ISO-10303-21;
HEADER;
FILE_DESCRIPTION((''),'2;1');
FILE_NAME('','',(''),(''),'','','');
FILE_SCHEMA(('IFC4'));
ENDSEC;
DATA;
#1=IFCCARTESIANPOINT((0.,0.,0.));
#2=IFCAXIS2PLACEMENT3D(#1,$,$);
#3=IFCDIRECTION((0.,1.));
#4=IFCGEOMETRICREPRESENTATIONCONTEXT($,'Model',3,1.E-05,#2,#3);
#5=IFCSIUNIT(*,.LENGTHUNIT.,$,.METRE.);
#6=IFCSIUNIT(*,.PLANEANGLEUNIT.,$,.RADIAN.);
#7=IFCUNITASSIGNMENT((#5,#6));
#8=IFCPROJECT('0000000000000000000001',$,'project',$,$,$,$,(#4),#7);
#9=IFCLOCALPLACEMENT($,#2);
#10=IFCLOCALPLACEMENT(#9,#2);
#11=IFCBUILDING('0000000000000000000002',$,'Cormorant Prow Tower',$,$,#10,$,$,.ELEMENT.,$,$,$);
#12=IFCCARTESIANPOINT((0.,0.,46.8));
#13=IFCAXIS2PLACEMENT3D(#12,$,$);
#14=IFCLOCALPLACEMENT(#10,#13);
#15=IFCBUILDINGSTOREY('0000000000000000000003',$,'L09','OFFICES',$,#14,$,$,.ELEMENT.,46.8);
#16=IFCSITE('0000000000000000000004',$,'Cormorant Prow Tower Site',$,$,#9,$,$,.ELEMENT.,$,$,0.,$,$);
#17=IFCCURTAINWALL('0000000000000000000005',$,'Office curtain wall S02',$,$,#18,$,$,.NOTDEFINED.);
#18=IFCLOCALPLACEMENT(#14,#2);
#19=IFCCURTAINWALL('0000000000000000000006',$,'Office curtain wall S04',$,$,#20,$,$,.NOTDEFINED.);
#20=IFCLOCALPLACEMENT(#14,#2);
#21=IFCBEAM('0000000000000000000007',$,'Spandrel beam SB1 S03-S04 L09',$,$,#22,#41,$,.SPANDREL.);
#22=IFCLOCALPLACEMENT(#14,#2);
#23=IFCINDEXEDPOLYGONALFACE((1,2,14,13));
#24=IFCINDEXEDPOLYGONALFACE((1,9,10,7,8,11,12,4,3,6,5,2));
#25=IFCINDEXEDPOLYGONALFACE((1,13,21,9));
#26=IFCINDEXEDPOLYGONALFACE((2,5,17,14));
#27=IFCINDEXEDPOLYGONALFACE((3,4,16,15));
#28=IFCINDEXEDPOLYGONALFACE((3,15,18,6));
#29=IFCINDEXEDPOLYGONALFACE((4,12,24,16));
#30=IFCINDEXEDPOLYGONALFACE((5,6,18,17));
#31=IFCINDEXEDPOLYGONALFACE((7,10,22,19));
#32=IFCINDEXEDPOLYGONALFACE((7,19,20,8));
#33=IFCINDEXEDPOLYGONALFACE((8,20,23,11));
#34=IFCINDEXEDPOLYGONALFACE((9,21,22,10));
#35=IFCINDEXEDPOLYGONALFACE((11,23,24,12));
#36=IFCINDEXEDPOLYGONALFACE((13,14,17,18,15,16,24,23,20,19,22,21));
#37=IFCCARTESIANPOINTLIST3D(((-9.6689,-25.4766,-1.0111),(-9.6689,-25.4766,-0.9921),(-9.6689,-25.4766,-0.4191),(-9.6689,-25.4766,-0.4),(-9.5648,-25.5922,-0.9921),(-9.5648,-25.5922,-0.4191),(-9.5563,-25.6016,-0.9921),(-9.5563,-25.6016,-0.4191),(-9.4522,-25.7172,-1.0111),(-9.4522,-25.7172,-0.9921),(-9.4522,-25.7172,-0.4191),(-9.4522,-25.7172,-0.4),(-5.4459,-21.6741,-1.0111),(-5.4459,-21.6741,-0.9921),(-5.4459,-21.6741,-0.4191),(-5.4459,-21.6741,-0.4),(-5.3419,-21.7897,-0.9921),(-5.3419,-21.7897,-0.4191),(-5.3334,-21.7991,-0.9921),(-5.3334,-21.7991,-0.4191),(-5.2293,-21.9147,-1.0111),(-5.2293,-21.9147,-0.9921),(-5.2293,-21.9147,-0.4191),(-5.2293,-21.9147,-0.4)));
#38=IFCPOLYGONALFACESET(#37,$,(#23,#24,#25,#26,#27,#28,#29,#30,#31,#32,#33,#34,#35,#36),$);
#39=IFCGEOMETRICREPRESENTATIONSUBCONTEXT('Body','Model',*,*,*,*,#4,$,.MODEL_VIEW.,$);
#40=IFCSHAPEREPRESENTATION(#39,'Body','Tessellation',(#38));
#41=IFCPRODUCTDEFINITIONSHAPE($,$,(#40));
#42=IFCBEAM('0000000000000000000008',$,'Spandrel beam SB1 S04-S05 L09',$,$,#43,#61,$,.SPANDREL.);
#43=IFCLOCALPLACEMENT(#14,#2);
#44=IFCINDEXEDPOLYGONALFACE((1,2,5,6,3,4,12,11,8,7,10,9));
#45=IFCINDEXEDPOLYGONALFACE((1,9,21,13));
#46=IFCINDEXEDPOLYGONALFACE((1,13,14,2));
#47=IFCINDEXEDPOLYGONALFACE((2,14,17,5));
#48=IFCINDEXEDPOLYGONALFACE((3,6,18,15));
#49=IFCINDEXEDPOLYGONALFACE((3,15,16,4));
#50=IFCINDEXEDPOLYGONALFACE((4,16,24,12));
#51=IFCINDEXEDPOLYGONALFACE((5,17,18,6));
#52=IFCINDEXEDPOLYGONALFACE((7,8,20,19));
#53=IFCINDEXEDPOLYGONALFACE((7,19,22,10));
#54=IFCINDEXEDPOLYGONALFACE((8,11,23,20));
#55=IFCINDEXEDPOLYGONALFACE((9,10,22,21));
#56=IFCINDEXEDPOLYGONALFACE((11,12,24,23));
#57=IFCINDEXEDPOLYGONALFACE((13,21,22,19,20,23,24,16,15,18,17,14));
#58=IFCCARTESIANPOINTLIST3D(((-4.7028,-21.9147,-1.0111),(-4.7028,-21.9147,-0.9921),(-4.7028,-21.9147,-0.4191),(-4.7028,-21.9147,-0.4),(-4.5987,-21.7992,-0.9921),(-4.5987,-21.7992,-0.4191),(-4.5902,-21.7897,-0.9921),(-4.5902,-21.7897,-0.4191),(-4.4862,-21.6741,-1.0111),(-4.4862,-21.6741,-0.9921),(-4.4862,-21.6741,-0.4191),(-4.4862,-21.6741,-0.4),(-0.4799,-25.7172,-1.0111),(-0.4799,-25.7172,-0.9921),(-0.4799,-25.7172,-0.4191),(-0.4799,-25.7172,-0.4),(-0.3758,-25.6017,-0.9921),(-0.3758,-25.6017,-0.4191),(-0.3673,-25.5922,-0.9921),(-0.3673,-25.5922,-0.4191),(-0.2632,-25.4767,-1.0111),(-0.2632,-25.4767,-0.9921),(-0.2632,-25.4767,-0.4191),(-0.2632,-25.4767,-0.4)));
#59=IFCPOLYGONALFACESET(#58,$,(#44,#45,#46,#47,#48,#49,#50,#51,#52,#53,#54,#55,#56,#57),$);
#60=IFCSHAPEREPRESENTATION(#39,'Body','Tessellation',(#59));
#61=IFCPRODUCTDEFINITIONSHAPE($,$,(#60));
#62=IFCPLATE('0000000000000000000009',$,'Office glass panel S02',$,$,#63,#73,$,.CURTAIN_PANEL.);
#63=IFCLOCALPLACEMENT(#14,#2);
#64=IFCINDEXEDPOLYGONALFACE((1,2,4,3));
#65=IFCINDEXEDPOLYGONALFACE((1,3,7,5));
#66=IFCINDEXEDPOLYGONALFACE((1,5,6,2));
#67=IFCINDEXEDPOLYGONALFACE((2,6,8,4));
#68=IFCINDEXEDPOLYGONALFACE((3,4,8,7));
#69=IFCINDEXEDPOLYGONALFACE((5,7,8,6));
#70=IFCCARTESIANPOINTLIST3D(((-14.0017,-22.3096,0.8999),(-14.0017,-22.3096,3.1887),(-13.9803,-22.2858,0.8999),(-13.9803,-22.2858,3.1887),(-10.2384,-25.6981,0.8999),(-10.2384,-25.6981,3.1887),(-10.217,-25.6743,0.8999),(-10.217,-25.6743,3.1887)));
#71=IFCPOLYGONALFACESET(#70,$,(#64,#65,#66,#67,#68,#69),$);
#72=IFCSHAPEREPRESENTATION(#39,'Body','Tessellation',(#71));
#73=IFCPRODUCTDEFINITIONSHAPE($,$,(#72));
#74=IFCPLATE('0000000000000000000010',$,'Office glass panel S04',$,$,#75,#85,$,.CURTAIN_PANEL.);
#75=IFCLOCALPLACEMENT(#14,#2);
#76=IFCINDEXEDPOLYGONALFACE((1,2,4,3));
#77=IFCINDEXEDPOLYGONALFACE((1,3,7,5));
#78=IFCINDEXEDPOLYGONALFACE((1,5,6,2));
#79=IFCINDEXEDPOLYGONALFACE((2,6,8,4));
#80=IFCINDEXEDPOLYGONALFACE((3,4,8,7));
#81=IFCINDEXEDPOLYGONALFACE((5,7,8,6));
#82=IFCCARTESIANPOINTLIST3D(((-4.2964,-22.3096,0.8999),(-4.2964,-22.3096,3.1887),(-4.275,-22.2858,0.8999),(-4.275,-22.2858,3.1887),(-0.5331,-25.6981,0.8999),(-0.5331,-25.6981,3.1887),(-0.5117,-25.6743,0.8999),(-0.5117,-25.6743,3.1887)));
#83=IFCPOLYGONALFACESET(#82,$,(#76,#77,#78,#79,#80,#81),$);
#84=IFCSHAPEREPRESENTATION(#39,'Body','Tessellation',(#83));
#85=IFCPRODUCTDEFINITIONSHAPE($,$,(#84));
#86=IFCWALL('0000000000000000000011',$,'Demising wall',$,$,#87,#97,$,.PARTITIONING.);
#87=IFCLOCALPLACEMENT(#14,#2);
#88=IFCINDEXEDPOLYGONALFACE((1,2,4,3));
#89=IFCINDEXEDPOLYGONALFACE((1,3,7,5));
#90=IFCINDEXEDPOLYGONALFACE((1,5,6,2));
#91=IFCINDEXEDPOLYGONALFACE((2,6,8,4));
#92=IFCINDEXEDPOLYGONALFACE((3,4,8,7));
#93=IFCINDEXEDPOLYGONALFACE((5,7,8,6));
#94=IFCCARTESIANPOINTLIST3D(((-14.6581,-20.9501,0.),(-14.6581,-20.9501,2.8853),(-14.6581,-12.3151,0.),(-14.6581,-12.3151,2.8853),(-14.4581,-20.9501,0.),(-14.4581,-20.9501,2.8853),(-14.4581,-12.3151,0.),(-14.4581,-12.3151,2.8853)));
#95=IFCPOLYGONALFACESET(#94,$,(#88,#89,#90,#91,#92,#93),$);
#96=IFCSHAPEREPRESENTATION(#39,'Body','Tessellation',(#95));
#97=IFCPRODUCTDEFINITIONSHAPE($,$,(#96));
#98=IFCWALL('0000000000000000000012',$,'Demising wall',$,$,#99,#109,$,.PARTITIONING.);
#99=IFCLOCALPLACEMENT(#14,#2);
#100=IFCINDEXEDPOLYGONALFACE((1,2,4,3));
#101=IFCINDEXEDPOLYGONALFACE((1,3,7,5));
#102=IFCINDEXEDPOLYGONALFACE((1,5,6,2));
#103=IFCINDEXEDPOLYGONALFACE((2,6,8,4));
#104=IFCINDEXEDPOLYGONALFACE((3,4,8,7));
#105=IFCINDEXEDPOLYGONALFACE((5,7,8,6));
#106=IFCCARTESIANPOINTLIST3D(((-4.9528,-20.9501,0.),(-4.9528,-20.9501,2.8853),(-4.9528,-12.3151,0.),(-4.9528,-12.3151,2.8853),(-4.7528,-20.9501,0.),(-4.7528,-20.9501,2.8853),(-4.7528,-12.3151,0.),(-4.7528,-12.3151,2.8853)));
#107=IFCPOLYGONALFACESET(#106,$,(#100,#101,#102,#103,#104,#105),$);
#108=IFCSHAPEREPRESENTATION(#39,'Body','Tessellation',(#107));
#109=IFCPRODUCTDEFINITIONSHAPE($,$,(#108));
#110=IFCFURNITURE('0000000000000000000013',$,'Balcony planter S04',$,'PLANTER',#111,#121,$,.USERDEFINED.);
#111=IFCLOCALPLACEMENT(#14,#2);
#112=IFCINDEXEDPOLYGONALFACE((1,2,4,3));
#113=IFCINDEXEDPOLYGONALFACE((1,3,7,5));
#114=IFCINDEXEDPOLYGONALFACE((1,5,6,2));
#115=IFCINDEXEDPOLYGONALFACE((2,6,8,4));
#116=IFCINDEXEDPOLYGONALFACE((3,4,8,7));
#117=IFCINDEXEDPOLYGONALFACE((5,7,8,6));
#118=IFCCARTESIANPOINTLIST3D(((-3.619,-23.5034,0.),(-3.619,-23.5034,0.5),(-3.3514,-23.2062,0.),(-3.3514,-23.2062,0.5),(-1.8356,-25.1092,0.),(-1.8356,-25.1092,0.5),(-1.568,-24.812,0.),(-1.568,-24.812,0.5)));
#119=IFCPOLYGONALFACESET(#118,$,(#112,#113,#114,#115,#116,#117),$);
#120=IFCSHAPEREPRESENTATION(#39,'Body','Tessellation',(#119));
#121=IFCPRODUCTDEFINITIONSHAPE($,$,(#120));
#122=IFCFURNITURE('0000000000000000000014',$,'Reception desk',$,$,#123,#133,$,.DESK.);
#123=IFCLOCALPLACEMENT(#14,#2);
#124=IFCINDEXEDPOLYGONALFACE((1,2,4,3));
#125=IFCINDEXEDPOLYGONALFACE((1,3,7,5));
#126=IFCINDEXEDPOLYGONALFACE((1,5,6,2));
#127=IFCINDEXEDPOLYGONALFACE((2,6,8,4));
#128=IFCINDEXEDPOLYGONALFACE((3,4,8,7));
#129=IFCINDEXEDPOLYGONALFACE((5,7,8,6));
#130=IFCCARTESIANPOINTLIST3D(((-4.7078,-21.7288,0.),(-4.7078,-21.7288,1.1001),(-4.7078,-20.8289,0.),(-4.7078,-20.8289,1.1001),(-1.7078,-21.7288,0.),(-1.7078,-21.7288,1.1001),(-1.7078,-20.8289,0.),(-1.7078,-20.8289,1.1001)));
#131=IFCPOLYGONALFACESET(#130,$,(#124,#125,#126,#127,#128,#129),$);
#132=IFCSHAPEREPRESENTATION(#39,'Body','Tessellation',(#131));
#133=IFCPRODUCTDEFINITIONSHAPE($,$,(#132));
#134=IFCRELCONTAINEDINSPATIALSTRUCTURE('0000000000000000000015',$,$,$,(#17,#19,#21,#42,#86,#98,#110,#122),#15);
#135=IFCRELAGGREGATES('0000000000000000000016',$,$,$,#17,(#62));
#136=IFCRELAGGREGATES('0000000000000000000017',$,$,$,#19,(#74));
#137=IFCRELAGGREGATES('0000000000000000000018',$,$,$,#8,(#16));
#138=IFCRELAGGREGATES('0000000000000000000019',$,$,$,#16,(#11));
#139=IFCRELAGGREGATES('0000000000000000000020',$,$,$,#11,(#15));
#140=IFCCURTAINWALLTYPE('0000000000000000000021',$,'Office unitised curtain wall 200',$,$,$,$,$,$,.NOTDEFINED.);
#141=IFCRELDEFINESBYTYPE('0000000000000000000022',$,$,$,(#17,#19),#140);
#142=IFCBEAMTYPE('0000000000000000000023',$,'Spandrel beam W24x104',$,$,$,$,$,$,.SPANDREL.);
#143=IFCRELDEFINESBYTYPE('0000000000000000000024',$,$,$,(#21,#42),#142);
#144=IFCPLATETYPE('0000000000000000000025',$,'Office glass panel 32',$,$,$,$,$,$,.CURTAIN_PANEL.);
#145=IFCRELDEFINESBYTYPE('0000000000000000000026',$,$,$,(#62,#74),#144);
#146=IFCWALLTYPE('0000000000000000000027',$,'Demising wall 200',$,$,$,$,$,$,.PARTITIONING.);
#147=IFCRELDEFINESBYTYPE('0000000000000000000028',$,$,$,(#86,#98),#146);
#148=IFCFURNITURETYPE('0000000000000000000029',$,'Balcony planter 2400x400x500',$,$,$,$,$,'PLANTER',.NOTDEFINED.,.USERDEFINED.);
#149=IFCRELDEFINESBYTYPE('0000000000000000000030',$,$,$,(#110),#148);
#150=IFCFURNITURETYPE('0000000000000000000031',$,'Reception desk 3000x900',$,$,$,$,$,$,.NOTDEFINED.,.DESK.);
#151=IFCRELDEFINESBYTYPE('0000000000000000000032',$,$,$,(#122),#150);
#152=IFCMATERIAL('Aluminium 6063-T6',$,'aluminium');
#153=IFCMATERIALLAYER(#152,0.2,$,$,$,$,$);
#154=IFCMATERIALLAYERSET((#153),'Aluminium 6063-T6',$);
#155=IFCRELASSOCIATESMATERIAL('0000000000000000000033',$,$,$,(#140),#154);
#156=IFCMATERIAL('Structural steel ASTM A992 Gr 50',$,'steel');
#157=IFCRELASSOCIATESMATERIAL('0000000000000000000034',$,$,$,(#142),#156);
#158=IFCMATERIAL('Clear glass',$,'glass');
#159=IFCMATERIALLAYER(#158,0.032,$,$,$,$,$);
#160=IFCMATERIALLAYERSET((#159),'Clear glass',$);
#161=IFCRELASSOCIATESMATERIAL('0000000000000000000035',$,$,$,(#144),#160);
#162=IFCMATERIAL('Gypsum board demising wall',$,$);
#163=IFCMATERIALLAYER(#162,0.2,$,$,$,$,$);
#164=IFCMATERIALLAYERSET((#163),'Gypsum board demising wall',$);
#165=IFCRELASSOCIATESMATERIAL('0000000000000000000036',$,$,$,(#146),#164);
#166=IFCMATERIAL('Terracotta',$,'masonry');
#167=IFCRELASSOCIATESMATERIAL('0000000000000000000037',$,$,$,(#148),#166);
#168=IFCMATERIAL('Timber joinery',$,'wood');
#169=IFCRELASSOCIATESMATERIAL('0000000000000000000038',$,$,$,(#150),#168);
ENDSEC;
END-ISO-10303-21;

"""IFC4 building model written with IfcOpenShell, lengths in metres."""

from ifc_helpers import new_model, si_unit, direction, frame, frame_2d, origin, origin_2d, place, context, subcontext, project, spatial, rectangle, i_section, extrude, material, layer, layer_set, material_profile, profile_set, type_object, element, aggregate, save


model = new_model("IFC4")

# Units and contexts
model_context = context("Model", 3, precision=1e-05, world=origin(), true_north=direction((0.0, 1.0)))
body_context = subcontext(model_context, "Body", "Model", "MODEL_VIEW")
ifc_project = project(units=[si_unit("LENGTHUNIT", "METRE"), si_unit("PLANEANGLEUNIT", "RADIAN")], contexts=[model_context])

# Site, building, storey
site_placement = place(None, origin())
site = spatial("IfcSite", under=ifc_project, at=site_placement, Name="Cormorant Prow Tower Site", CompositionType="ELEMENT", RefElevation=0.0)
building_placement = place(site_placement, origin())
building = spatial("IfcBuilding", under=site, at=building_placement, Name="Cormorant Prow Tower", CompositionType="ELEMENT")
storey_placement = place(building_placement, frame((0.0, 0.0, 46.8)))
storey = spatial("IfcBuildingStorey", under=building, at=storey_placement, Name="L09", Description="OFFICES", CompositionType="ELEMENT", Elevation=46.8)

# Curtain walls
ifc_material_1 = material(Name="Aluminium 6063-T6", Category="aluminium")
ifc_layer_1 = layer(ifc_material_1, 0.2)
ifc_layer_set_1 = layer_set([ifc_layer_1], Name="Aluminium 6063-T6")
curtain_wall_type = type_object("IfcCurtainWallType", Name="Office unitised curtain wall 200", PredefinedType="NOTDEFINED", material=ifc_layer_set_1)
curtain_wall_1_placement = place(storey_placement, origin())
curtain_wall_1 = element("IfcCurtainWall", 1, at=curtain_wall_1_placement, inside=storey, type_object=curtain_wall_type, Name="Office curtain wall S02", PredefinedType="NOTDEFINED")
curtain_wall_2_placement = place(storey_placement, origin())
curtain_wall_2 = element("IfcCurtainWall", 2, at=curtain_wall_2_placement, inside=storey, type_object=curtain_wall_type, Name="Office curtain wall S04", PredefinedType="NOTDEFINED")

# Beams
ifc_material_2 = material(Name="Structural steel ASTM A992 Gr 50", Category="steel")
ifc_material_profile_1 = material_profile(ifc_material_2, i_section(OverallWidth=0.3237, OverallDepth=0.6111, WebThickness=0.0127, FlangeThickness=0.019, at=origin_2d()), Name="W24x104")
ifc_profile_set_1 = profile_set([ifc_material_profile_1], Name="Structural steel ASTM A992 Gr 50")
beam_type_1 = type_object("IfcBeamType", Name="Spandrel beam W24x104", PredefinedType="SPANDREL", material=ifc_profile_set_1)
for number, where, z_axis, x_axis, name in (
    (3, (-9.5605, -25.5969, -0.7056), (0.74313, 0.669147, 0.0), (-0.669147, 0.74313, 0.0), "Spandrel beam SB1 S03-S04 L09"),
    (4, (-4.5945, -21.7944, -0.7056), (0.74313, -0.669147, 0.0), (0.669147, 0.74313, 0.0), "Spandrel beam SB1 S04-S05 L09"),
):
    element("IfcBeam", number, at=place(storey_placement, frame(where, z_axis=z_axis, x_axis=x_axis)), inside=storey, type_object=beam_type_1, Name=name, PredefinedType="SPANDREL", context=body_context, shape_type="SweptSolid", body=[
        extrude(i_section(OverallWidth=0.3237, OverallDepth=0.6111, WebThickness=0.0127, FlangeThickness=0.019, at=origin_2d()), origin(), (0.0, 0.0, 1.0), 5.6826),
    ])

# Plates
ifc_material_3 = material(Name="Clear glass", Category="glass")
ifc_layer_2 = layer(ifc_material_3, 0.032)
ifc_layer_set_2 = layer_set([ifc_layer_2], Name="Clear glass")
plate_type = type_object("IfcPlateType", Name="Office glass panel 32", PredefinedType="CURTAIN_PANEL", material=ifc_layer_set_2)
plate_1_placement = place(storey_placement, frame((-12.1094, -23.9919, 0.8999), z_axis=(0.0, 0.0, 1.0), x_axis=(0.743145, -0.669131, 0.0)))
plate_1 = element("IfcPlate", 5, at=plate_1_placement, type_object=plate_type, Name="Office glass panel S02", PredefinedType="CURTAIN_PANEL", context=body_context, shape_type="SweptSolid", body=[
    extrude(rectangle(XDim=5.064, YDim=0.032, at=origin_2d()), origin(), (0.0, 0.0, 1.0), 2.2888),
])
aggregate(curtain_wall_1, [plate_1])
plate_2_placement = place(storey_placement, frame((-2.4041, -23.9919, 0.8999), z_axis=(0.0, 0.0, 1.0), x_axis=(0.743145, -0.669131, 0.0)))
plate_2 = element("IfcPlate", 6, at=plate_2_placement, type_object=plate_type, Name="Office glass panel S04", PredefinedType="CURTAIN_PANEL", context=body_context, shape_type="SweptSolid", body=[
    extrude(rectangle(XDim=5.064, YDim=0.032, at=origin_2d()), origin(), (0.0, 0.0, 1.0), 2.2888),
])
aggregate(curtain_wall_2, [plate_2])

# Walls
ifc_material_4 = material(Name="Gypsum board demising wall")
ifc_layer_3 = layer(ifc_material_4, 0.2)
ifc_layer_set_3 = layer_set([ifc_layer_3], Name="Gypsum board demising wall")
wall_type_1 = type_object("IfcWallType", Name="Demising wall 200", PredefinedType="PARTITIONING", material=ifc_layer_set_3)
for number, where, z_axis, x_axis, name in (
    (7, (-14.5581, -20.95, 0.0), (0.0, 0.0, 1.0), (0.0, 1.0, 0.0), "Demising wall"),
    (8, (-4.8528, -20.95, 0.0), (0.0, 0.0, 1.0), (0.0, 1.0, 0.0), "Demising wall"),
):
    element("IfcWall", number, at=place(storey_placement, frame(where, z_axis=z_axis, x_axis=x_axis)), inside=storey, type_object=wall_type_1, Name=name, PredefinedType="PARTITIONING", context=body_context, shape_type="SweptSolid", body=[
        extrude(rectangle(XDim=8.635, YDim=0.2, at=frame_2d((4.3174, 0.0))), origin(), (0.0, 0.0, 1.0), 2.8853),
    ])

# Furniture
ifc_material_5 = material(Name="Terracotta", Category="masonry")
furniture_type_1 = type_object("IfcFurnitureType", Name="Balcony planter 2400x400x500", ElementType="PLANTER", AssemblyPlace="NOTDEFINED", PredefinedType="USERDEFINED", material=ifc_material_5)
furniture_1_placement = place(storey_placement, frame((-2.5935, -24.1577, 0.0), z_axis=(0.0, 0.0, 1.0), x_axis=(0.743145, -0.669131, 0.0)))
element("IfcFurniture", 9, at=furniture_1_placement, inside=storey, type_object=furniture_type_1, Name="Balcony planter S04", ObjectType="PLANTER", PredefinedType="USERDEFINED", context=body_context, shape_type="SweptSolid", body=[
    extrude(rectangle(XDim=2.3999, YDim=0.3999, at=origin_2d()), origin(), (0.0, 0.0, 1.0), 0.5),
])
ifc_material_6 = material(Name="Timber joinery", Category="wood")
furniture_type_2 = type_object("IfcFurnitureType", Name="Reception desk 3000x900", AssemblyPlace="NOTDEFINED", PredefinedType="DESK", material=ifc_material_6)
furniture_2_placement = place(storey_placement, frame((-3.2078, -21.2788, 0.0), z_axis=(0.0, 0.0, 1.0), x_axis=(1.0, 0.0, 0.0)))
element("IfcFurniture", 10, at=furniture_2_placement, inside=storey, type_object=furniture_type_2, Name="Reception desk", PredefinedType="DESK", context=body_context, shape_type="SweptSolid", body=[
    extrude(rectangle(XDim=3.0, YDim=0.8999, at=origin_2d()), origin(), (0.0, 0.0, 1.0), 1.1001),
])

save(model, "model.ifc")
